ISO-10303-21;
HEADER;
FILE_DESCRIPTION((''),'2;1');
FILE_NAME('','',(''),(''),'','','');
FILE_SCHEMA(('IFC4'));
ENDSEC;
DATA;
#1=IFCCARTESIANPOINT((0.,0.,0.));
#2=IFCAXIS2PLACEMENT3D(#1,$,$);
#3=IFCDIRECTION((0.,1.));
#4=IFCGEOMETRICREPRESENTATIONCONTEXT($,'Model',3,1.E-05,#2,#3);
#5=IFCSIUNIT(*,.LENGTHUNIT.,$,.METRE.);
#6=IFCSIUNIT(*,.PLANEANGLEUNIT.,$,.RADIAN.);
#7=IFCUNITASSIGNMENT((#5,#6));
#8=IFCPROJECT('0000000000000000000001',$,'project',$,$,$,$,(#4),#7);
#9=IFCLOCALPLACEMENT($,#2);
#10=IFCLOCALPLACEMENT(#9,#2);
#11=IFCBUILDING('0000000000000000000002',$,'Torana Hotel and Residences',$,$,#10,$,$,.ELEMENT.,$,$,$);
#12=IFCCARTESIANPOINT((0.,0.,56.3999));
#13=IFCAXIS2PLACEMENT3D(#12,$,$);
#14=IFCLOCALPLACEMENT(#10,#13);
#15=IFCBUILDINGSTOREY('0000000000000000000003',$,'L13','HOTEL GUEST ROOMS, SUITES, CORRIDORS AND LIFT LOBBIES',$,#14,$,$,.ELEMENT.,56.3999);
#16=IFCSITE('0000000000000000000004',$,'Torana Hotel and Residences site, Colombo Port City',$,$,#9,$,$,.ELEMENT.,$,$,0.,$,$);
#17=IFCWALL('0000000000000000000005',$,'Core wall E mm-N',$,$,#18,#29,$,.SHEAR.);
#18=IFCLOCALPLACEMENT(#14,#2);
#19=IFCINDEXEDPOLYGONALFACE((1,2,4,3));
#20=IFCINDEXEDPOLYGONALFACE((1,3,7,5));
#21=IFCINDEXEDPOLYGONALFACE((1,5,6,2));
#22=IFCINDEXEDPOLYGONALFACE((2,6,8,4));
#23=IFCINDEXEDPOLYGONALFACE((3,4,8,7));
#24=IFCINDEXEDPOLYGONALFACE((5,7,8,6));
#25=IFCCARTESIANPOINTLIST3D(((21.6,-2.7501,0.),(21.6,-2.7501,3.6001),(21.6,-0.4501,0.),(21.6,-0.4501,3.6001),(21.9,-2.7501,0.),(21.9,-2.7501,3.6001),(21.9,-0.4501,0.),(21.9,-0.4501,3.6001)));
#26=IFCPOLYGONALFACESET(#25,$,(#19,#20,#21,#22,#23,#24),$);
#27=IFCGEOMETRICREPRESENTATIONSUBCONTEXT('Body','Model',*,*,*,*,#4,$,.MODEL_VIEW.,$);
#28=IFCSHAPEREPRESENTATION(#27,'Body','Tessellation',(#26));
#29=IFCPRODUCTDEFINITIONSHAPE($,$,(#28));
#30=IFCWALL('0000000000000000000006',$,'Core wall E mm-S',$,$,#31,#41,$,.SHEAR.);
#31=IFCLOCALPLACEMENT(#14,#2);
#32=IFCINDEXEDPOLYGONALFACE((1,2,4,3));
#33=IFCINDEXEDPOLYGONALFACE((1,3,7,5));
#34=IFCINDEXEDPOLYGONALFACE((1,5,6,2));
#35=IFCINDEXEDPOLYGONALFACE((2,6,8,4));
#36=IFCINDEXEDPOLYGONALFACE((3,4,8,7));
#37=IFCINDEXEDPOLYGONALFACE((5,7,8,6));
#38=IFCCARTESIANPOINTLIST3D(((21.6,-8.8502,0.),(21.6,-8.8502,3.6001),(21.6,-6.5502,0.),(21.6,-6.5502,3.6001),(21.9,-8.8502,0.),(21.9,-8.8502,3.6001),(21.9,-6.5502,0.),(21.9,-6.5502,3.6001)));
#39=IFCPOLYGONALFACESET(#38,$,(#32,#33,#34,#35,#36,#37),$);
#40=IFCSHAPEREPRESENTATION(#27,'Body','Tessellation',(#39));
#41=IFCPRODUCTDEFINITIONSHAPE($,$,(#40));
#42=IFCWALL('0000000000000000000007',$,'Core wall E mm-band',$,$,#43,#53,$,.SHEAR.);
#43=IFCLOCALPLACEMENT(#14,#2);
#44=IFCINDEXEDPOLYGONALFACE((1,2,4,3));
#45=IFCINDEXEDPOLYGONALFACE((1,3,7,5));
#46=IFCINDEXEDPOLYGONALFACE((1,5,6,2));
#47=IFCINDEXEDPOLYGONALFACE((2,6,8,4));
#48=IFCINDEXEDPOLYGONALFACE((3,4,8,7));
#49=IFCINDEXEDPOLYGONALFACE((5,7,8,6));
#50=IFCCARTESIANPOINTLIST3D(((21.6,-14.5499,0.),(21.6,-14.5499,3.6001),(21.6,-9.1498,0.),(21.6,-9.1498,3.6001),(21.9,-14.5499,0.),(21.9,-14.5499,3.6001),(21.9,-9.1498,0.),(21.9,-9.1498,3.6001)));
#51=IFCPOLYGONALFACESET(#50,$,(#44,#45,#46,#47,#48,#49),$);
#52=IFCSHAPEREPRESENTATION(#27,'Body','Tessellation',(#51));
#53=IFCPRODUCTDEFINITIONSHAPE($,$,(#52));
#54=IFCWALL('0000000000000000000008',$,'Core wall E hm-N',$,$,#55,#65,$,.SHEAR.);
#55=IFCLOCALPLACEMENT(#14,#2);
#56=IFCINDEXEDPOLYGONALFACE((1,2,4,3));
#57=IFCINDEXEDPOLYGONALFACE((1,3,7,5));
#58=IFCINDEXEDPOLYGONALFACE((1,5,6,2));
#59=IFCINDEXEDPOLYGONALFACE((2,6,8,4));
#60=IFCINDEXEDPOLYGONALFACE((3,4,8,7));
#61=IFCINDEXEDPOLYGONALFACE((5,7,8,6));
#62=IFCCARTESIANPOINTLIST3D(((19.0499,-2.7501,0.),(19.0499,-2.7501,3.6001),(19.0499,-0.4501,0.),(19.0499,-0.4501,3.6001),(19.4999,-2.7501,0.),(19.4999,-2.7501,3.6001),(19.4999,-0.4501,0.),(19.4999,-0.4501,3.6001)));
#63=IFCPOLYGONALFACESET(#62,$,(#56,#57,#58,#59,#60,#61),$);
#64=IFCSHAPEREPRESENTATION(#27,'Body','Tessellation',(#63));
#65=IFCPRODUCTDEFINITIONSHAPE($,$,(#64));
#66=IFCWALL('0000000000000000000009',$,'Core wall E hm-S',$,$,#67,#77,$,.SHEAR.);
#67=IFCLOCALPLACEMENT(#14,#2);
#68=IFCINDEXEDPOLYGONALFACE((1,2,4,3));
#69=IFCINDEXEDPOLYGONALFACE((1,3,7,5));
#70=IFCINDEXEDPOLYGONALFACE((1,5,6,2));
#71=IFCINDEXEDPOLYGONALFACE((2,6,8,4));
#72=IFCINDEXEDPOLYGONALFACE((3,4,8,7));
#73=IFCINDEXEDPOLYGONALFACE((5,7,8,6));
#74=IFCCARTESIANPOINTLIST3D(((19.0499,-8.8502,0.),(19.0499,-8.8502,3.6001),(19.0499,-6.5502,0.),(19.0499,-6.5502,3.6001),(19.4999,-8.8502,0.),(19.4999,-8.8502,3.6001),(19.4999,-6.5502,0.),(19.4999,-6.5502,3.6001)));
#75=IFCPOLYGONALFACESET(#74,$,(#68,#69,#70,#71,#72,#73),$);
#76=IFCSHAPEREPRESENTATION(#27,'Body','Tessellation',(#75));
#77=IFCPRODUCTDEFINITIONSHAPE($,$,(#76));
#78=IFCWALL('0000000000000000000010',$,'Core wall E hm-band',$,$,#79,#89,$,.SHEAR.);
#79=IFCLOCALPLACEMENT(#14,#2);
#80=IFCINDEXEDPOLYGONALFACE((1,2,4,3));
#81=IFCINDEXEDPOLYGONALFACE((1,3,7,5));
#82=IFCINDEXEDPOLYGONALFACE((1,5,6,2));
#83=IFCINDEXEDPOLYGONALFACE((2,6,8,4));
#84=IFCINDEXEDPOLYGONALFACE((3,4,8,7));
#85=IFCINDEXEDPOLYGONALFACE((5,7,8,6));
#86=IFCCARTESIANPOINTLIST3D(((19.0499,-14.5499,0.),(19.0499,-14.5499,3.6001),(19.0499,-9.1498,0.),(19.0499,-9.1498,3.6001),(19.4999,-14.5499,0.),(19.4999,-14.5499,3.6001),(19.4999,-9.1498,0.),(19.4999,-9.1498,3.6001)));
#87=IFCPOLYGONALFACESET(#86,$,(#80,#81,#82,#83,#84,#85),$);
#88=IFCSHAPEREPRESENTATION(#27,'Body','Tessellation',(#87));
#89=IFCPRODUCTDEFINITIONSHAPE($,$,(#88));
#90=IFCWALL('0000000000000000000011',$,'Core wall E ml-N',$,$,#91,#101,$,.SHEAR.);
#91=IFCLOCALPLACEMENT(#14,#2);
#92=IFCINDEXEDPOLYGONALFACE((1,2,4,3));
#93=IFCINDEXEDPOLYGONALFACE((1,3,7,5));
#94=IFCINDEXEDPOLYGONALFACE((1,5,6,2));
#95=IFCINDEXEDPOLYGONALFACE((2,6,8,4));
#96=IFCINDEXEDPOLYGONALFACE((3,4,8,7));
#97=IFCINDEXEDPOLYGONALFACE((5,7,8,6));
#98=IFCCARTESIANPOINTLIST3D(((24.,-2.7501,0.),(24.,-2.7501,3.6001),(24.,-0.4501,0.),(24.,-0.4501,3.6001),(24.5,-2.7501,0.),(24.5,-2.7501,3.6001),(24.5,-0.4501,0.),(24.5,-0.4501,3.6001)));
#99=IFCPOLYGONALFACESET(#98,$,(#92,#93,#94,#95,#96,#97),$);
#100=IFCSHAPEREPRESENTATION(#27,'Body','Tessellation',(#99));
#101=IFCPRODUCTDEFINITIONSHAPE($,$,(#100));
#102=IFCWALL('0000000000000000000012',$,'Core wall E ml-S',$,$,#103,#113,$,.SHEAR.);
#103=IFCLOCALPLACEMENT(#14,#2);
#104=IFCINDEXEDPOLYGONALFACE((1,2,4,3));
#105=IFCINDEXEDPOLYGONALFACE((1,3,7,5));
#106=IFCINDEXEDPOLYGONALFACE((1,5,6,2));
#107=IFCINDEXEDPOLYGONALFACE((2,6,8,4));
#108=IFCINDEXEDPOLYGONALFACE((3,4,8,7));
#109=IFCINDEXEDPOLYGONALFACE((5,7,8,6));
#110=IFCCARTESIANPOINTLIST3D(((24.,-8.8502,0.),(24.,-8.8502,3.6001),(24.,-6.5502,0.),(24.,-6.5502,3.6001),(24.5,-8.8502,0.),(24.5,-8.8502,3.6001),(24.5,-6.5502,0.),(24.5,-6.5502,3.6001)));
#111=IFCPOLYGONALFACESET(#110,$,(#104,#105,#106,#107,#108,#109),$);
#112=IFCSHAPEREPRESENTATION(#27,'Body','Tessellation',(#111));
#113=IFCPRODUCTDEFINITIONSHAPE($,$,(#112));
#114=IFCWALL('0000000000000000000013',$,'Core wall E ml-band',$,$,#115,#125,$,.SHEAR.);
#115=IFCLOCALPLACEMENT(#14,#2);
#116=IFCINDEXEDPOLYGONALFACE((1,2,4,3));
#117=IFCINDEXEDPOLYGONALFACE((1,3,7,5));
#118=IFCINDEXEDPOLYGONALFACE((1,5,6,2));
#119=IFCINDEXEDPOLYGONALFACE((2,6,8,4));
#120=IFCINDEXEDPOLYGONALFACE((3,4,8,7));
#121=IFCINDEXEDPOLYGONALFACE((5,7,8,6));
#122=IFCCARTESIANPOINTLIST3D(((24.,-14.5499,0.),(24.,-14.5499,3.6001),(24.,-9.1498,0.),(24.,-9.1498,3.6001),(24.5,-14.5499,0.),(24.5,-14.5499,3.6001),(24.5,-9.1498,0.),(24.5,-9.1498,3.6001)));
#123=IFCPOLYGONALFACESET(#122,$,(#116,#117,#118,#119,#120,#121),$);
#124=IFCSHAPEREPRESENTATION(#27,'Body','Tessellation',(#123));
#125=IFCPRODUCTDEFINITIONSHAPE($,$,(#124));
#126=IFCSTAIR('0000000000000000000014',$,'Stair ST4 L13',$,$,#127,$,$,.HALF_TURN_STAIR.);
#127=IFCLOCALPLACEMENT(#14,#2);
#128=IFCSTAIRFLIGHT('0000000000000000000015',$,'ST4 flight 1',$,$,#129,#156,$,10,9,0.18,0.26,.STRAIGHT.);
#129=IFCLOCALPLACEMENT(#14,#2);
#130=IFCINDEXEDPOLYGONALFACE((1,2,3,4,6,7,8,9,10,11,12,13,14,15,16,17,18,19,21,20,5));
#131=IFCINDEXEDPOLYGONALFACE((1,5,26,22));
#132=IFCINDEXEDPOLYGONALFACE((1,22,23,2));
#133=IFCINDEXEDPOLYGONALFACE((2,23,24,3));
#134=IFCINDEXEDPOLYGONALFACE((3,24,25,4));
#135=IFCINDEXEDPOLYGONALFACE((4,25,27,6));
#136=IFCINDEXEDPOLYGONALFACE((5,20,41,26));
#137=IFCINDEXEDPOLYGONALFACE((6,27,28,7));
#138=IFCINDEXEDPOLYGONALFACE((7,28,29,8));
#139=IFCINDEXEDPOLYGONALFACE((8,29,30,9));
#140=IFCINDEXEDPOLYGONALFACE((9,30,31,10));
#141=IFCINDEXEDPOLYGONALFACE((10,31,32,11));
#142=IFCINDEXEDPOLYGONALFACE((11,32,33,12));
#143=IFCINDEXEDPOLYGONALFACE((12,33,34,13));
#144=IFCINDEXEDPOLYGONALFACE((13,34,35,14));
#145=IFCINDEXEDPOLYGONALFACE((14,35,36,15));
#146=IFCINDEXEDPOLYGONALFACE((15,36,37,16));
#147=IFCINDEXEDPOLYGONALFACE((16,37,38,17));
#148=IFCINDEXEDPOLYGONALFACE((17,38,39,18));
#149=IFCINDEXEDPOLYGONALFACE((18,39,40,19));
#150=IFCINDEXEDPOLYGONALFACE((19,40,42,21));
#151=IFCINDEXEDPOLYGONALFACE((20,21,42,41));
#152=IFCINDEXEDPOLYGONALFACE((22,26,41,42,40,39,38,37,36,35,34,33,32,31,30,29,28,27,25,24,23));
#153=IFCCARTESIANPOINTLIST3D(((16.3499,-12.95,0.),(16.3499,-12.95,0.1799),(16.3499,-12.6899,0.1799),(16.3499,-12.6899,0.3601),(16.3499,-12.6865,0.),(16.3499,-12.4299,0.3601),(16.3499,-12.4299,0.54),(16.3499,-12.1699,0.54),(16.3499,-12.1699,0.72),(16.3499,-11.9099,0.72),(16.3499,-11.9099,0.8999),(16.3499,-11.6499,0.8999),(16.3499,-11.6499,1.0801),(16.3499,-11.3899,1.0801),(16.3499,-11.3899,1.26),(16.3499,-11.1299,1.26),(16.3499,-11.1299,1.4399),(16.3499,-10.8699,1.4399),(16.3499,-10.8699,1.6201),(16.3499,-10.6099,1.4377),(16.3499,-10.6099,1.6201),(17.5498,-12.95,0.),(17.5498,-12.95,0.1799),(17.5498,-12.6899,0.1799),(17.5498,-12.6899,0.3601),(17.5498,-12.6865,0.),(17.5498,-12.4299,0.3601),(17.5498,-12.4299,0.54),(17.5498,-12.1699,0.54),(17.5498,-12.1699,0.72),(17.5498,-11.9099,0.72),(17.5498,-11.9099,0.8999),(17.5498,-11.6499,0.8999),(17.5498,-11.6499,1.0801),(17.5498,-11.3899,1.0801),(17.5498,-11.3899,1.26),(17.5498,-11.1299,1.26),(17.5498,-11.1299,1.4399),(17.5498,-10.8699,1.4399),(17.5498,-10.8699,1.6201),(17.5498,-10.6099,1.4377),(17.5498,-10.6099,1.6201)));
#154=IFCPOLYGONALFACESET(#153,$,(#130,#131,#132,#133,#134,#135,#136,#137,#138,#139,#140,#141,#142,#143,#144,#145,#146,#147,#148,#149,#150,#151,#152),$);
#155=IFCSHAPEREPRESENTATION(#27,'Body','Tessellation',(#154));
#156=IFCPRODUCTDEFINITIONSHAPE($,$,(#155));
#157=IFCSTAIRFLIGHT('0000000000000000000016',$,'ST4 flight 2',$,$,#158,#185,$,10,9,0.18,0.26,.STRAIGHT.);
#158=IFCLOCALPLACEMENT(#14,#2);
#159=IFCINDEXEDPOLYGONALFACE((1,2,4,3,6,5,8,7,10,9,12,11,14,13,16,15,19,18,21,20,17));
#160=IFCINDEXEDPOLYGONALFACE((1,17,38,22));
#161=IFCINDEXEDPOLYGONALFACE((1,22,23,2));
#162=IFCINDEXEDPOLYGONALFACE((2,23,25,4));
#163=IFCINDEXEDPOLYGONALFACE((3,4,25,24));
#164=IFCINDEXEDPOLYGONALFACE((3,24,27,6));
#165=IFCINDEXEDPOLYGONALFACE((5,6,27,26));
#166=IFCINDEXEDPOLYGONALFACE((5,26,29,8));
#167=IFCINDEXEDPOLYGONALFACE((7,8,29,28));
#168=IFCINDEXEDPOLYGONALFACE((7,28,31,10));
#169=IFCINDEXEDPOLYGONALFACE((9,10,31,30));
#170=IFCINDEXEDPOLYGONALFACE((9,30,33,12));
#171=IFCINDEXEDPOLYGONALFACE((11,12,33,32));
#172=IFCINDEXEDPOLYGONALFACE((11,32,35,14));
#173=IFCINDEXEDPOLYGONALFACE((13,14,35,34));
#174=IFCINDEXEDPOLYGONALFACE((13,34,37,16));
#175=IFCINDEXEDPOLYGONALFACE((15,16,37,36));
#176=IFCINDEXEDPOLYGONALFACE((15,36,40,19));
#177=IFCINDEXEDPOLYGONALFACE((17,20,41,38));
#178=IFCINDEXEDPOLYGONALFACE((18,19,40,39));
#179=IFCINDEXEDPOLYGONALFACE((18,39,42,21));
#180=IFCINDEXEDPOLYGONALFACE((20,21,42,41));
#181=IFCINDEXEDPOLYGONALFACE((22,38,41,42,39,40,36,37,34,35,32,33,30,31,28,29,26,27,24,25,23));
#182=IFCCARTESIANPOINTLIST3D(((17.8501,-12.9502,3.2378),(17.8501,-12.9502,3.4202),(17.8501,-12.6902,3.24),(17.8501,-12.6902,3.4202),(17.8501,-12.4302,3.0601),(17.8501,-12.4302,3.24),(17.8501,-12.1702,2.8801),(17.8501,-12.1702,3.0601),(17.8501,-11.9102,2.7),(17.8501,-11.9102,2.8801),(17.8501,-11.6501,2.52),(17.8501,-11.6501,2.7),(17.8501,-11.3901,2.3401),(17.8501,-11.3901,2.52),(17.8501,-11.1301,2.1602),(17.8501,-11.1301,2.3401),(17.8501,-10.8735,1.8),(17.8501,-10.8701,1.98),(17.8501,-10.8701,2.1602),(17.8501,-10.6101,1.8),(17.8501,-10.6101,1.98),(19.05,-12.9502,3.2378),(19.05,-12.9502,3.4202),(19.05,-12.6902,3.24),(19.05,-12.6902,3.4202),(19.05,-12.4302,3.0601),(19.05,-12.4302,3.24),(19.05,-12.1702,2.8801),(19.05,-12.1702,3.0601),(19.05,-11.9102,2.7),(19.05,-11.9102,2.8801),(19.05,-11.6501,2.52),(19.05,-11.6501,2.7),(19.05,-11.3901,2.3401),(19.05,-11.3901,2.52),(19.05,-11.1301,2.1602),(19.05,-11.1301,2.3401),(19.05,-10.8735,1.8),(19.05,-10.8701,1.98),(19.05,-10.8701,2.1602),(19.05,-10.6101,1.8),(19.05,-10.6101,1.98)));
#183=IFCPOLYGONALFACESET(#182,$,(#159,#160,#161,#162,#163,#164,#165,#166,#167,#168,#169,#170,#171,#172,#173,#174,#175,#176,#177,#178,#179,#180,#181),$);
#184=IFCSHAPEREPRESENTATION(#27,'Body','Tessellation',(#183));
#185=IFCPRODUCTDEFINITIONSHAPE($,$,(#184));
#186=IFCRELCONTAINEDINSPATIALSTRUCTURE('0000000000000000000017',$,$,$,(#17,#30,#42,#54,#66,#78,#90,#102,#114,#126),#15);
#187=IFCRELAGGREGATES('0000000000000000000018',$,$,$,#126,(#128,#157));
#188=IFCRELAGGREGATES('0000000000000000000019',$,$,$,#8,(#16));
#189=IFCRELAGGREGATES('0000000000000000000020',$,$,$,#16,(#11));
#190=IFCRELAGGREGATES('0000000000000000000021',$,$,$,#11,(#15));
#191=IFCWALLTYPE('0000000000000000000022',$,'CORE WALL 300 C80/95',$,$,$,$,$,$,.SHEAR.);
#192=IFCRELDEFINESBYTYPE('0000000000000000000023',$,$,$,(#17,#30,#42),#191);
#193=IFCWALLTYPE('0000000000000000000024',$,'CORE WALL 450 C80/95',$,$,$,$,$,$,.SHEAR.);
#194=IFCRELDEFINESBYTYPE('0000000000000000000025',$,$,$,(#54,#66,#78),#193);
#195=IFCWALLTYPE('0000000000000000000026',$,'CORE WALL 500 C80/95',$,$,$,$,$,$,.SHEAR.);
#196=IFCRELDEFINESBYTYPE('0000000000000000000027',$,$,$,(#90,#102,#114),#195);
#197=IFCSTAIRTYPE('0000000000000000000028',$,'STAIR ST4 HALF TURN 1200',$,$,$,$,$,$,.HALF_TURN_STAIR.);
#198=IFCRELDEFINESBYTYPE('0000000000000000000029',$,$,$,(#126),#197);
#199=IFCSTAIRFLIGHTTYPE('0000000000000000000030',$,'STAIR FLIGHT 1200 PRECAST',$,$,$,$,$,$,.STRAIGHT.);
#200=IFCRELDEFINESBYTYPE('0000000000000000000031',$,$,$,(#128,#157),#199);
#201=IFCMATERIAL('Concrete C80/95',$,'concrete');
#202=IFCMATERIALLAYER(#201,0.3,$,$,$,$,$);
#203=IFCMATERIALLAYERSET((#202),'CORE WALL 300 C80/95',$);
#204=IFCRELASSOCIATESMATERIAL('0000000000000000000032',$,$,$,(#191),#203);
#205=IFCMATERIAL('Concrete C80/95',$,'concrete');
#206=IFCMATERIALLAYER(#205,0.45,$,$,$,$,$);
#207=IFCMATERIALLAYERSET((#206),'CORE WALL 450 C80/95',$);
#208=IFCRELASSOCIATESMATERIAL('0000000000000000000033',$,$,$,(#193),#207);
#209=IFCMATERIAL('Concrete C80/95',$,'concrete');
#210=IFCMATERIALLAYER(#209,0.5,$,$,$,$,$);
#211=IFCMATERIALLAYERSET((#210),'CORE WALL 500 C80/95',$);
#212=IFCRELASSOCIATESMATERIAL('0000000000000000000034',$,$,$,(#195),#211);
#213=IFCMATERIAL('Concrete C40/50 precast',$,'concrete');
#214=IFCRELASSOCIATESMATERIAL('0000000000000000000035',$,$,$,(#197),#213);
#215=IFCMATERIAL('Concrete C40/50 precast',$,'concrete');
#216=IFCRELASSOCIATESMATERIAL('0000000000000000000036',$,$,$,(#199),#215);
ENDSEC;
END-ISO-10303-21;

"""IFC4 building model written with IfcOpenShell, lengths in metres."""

from ifc_helpers import new_model, si_unit, direction, frame, frame_2d, origin, place, context, subcontext, project, spatial, polyline, rectangle, outline, extrude, material, layer, layer_set, type_object, element, aggregate, save


model = new_model("IFC4")

# Units and contexts
model_context = context("Model", 3, precision=1e-05, world=origin(), true_north=direction((0.0, 1.0)))
body_context = subcontext(model_context, "Body", "Model", "MODEL_VIEW")
ifc_project = project(units=[si_unit("LENGTHUNIT", "METRE"), si_unit("PLANEANGLEUNIT", "RADIAN")], contexts=[model_context])

# Site, building, storey
site_placement = place(None, origin())
site = spatial("IfcSite", under=ifc_project, at=site_placement, Name="Torana Hotel and Residences site, Colombo Port City", CompositionType="ELEMENT", RefElevation=0.0)
building_placement = place(site_placement, origin())
building = spatial("IfcBuilding", under=site, at=building_placement, Name="Torana Hotel and Residences", CompositionType="ELEMENT")
storey_placement = place(building_placement, frame((0.0, 0.0, 56.3999)))
storey = spatial("IfcBuildingStorey", under=building, at=storey_placement, Name="L13", Description="HOTEL GUEST ROOMS, SUITES, CORRIDORS AND LIFT LOBBIES", CompositionType="ELEMENT", Elevation=56.3999)

# Walls
ifc_material_1 = material(Name="Concrete C80/95", Category="concrete")
ifc_layer_1 = layer(ifc_material_1, 0.3)
ifc_layer_set_1 = layer_set([ifc_layer_1], Name="CORE WALL 300 C80/95")
wall_type_1 = type_object("IfcWallType", Name="CORE WALL 300 C80/95", PredefinedType="SHEAR", material=ifc_layer_set_1)
for number, where, z_axis, x_axis, name in (
    (1, (21.75, -2.75, 0.0), (0.0, 0.0, 1.0), (0.0, 1.0, 0.0), "Core wall E mm-N"),
    (2, (21.75, -8.8501, 0.0), (0.0, 0.0, 1.0), (0.0, 1.0, 0.0), "Core wall E mm-S"),
):
    element("IfcWall", number, at=place(storey_placement, frame(where, z_axis=z_axis, x_axis=x_axis)), inside=storey, type_object=wall_type_1, Name=name, PredefinedType="SHEAR", context=body_context, shape_type="SweptSolid", body=[
        extrude(rectangle(XDim=2.3, YDim=0.3, at=frame_2d((1.1499, 0.0))), origin(), (0.0, 0.0, 1.0), 3.6001),
    ])
wall_1_placement = place(storey_placement, frame((21.75, -14.55, 0.0), z_axis=(0.0, 0.0, 1.0), x_axis=(0.0, 1.0, 0.0)))
element("IfcWall", 3, at=wall_1_placement, inside=storey, type_object=wall_type_1, Name="Core wall E mm-band", PredefinedType="SHEAR", context=body_context, shape_type="SweptSolid", body=[
    extrude(rectangle(XDim=5.4001, YDim=0.3, at=frame_2d((2.7002, 0.0))), origin(), (0.0, 0.0, 1.0), 3.6001),
])
ifc_material_2 = material(Name="Concrete C80/95", Category="concrete")
ifc_layer_2 = layer(ifc_material_2, 0.45)
ifc_layer_set_2 = layer_set([ifc_layer_2], Name="CORE WALL 450 C80/95")
wall_type_2 = type_object("IfcWallType", Name="CORE WALL 450 C80/95", PredefinedType="SHEAR", material=ifc_layer_set_2)
for number, where, z_axis, x_axis, name in (
    (4, (19.2749, -2.75, 0.0), (0.0, 0.0, 1.0), (0.0, 1.0, 0.0), "Core wall E hm-N"),
    (5, (19.2749, -8.8501, 0.0), (0.0, 0.0, 1.0), (0.0, 1.0, 0.0), "Core wall E hm-S"),
):
    element("IfcWall", number, at=place(storey_placement, frame(where, z_axis=z_axis, x_axis=x_axis)), inside=storey, type_object=wall_type_2, Name=name, PredefinedType="SHEAR", context=body_context, shape_type="SweptSolid", body=[
        extrude(rectangle(XDim=2.3, YDim=0.45, at=frame_2d((1.1499, 0.0))), origin(), (0.0, 0.0, 1.0), 3.6001),
    ])
wall_2_placement = place(storey_placement, frame((19.2749, -14.55, 0.0), z_axis=(0.0, 0.0, 1.0), x_axis=(0.0, 1.0, 0.0)))
element("IfcWall", 6, at=wall_2_placement, inside=storey, type_object=wall_type_2, Name="Core wall E hm-band", PredefinedType="SHEAR", context=body_context, shape_type="SweptSolid", body=[
    extrude(rectangle(XDim=5.4001, YDim=0.45, at=frame_2d((2.7002, 0.0))), origin(), (0.0, 0.0, 1.0), 3.6001),
])
ifc_material_3 = material(Name="Concrete C80/95", Category="concrete")
ifc_layer_3 = layer(ifc_material_3, 0.5)
ifc_layer_set_3 = layer_set([ifc_layer_3], Name="CORE WALL 500 C80/95")
wall_type_3 = type_object("IfcWallType", Name="CORE WALL 500 C80/95", PredefinedType="SHEAR", material=ifc_layer_set_3)
for number, where, z_axis, x_axis, name in (
    (7, (24.25, -2.75, 0.0), (0.0, 0.0, 1.0), (0.0, 1.0, 0.0), "Core wall E ml-N"),
    (8, (24.25, -8.8501, 0.0), (0.0, 0.0, 1.0), (0.0, 1.0, 0.0), "Core wall E ml-S"),
):
    element("IfcWall", number, at=place(storey_placement, frame(where, z_axis=z_axis, x_axis=x_axis)), inside=storey, type_object=wall_type_3, Name=name, PredefinedType="SHEAR", context=body_context, shape_type="SweptSolid", body=[
        extrude(rectangle(XDim=2.3, YDim=0.5, at=frame_2d((1.1499, 0.0))), origin(), (0.0, 0.0, 1.0), 3.6001),
    ])
wall_3_placement = place(storey_placement, frame((24.25, -14.55, 0.0), z_axis=(0.0, 0.0, 1.0), x_axis=(0.0, 1.0, 0.0)))
element("IfcWall", 9, at=wall_3_placement, inside=storey, type_object=wall_type_3, Name="Core wall E ml-band", PredefinedType="SHEAR", context=body_context, shape_type="SweptSolid", body=[
    extrude(rectangle(XDim=5.4001, YDim=0.5, at=frame_2d((2.7002, 0.0))), origin(), (0.0, 0.0, 1.0), 3.6001),
])

# Stair, stair flights
ifc_material_4 = material(Name="Concrete C40/50 precast", Category="concrete")
stair_type = type_object("IfcStairType", Name="STAIR ST4 HALF TURN 1200", PredefinedType="HALF_TURN_STAIR", material=ifc_material_4)
stair_placement = place(storey_placement, origin())
stair = element("IfcStair", 10, at=stair_placement, inside=storey, type_object=stair_type, Name="Stair ST4 L13", PredefinedType="HALF_TURN_STAIR")
ifc_material_5 = material(Name="Concrete C40/50 precast", Category="concrete")
stair_flight_type = type_object("IfcStairFlightType", Name="STAIR FLIGHT 1200 PRECAST", PredefinedType="STRAIGHT", material=ifc_material_5)
stair_flight_1_placement = place(storey_placement, frame((16.95, -12.95, 0.0), z_axis=(0.0, 0.0, 1.0), x_axis=(0.0, 1.0, 0.0)))
stair_flight_1 = element("IfcStairFlight", 11, at=stair_flight_1_placement, type_object=stair_flight_type, Name="ST4 flight 1", NumberOfRisers=10, NumberOfTreads=9, PredefinedType="STRAIGHT", RiserHeight=0.18, TreadLength=0.26, context=body_context, shape_type="SweptSolid", body=[
    extrude(outline(polyline([(0.0, 0.0), (0.0, 0.1799), (0.26, 0.1799), (0.26, 0.3601), (0.52, 0.3601), (0.52, 0.54), (0.78, 0.54), (0.78, 0.72), (1.04, 0.72), (1.04, 0.8999), (1.3, 0.8999), (1.3, 1.0801), (1.5601, 1.0801), (1.5601, 1.26), (1.8201, 1.26), (1.8201, 1.4399), (2.0801, 1.4399), (2.0801, 1.6201), (2.3401, 1.6201), (2.3401, 1.8), (2.3401, 1.4377), (0.2634, 0.0), (0.0, 0.0)])), frame((0.0, 0.6001, 0.0), z_axis=(0.0, -1.0, 0.0), x_axis=(1.0, 0.0, 0.0)), (0.0, 0.0, 1.0), 1.2),
])
stair_flight_2_placement = place(storey_placement, frame((18.45, -10.6101, 1.8), z_axis=(0.0, 0.0, 1.0), x_axis=(0.0, -1.0, 0.0)))
stair_flight_2 = element("IfcStairFlight", 12, at=stair_flight_2_placement, type_object=stair_flight_type, Name="ST4 flight 2", NumberOfRisers=10, NumberOfTreads=9, PredefinedType="STRAIGHT", RiserHeight=0.18, TreadLength=0.26, context=body_context, shape_type="SweptSolid", body=[
    extrude(outline(polyline([(0.0, 0.0), (0.0, 0.1799), (0.26, 0.1799), (0.26, 0.3601), (0.52, 0.3601), (0.52, 0.54), (0.78, 0.54), (0.78, 0.72), (1.04, 0.72), (1.04, 0.8999), (1.3, 0.8999), (1.3, 1.0801), (1.5601, 1.0801), (1.5601, 1.26), (1.8201, 1.26), (1.8201, 1.4399), (2.0801, 1.4399), (2.0801, 1.6201), (2.3401, 1.6201), (2.3401, 1.8), (2.3401, 1.4377), (0.2634, 0.0), (0.0, 0.0)])), frame((0.0, 0.6001, 0.0), z_axis=(0.0, -1.0, 0.0), x_axis=(1.0, 0.0, 0.0)), (0.0, 0.0, 1.0), 1.2),
])
aggregate(stair, [stair_flight_1, stair_flight_2])

save(model, "model.ifc")
